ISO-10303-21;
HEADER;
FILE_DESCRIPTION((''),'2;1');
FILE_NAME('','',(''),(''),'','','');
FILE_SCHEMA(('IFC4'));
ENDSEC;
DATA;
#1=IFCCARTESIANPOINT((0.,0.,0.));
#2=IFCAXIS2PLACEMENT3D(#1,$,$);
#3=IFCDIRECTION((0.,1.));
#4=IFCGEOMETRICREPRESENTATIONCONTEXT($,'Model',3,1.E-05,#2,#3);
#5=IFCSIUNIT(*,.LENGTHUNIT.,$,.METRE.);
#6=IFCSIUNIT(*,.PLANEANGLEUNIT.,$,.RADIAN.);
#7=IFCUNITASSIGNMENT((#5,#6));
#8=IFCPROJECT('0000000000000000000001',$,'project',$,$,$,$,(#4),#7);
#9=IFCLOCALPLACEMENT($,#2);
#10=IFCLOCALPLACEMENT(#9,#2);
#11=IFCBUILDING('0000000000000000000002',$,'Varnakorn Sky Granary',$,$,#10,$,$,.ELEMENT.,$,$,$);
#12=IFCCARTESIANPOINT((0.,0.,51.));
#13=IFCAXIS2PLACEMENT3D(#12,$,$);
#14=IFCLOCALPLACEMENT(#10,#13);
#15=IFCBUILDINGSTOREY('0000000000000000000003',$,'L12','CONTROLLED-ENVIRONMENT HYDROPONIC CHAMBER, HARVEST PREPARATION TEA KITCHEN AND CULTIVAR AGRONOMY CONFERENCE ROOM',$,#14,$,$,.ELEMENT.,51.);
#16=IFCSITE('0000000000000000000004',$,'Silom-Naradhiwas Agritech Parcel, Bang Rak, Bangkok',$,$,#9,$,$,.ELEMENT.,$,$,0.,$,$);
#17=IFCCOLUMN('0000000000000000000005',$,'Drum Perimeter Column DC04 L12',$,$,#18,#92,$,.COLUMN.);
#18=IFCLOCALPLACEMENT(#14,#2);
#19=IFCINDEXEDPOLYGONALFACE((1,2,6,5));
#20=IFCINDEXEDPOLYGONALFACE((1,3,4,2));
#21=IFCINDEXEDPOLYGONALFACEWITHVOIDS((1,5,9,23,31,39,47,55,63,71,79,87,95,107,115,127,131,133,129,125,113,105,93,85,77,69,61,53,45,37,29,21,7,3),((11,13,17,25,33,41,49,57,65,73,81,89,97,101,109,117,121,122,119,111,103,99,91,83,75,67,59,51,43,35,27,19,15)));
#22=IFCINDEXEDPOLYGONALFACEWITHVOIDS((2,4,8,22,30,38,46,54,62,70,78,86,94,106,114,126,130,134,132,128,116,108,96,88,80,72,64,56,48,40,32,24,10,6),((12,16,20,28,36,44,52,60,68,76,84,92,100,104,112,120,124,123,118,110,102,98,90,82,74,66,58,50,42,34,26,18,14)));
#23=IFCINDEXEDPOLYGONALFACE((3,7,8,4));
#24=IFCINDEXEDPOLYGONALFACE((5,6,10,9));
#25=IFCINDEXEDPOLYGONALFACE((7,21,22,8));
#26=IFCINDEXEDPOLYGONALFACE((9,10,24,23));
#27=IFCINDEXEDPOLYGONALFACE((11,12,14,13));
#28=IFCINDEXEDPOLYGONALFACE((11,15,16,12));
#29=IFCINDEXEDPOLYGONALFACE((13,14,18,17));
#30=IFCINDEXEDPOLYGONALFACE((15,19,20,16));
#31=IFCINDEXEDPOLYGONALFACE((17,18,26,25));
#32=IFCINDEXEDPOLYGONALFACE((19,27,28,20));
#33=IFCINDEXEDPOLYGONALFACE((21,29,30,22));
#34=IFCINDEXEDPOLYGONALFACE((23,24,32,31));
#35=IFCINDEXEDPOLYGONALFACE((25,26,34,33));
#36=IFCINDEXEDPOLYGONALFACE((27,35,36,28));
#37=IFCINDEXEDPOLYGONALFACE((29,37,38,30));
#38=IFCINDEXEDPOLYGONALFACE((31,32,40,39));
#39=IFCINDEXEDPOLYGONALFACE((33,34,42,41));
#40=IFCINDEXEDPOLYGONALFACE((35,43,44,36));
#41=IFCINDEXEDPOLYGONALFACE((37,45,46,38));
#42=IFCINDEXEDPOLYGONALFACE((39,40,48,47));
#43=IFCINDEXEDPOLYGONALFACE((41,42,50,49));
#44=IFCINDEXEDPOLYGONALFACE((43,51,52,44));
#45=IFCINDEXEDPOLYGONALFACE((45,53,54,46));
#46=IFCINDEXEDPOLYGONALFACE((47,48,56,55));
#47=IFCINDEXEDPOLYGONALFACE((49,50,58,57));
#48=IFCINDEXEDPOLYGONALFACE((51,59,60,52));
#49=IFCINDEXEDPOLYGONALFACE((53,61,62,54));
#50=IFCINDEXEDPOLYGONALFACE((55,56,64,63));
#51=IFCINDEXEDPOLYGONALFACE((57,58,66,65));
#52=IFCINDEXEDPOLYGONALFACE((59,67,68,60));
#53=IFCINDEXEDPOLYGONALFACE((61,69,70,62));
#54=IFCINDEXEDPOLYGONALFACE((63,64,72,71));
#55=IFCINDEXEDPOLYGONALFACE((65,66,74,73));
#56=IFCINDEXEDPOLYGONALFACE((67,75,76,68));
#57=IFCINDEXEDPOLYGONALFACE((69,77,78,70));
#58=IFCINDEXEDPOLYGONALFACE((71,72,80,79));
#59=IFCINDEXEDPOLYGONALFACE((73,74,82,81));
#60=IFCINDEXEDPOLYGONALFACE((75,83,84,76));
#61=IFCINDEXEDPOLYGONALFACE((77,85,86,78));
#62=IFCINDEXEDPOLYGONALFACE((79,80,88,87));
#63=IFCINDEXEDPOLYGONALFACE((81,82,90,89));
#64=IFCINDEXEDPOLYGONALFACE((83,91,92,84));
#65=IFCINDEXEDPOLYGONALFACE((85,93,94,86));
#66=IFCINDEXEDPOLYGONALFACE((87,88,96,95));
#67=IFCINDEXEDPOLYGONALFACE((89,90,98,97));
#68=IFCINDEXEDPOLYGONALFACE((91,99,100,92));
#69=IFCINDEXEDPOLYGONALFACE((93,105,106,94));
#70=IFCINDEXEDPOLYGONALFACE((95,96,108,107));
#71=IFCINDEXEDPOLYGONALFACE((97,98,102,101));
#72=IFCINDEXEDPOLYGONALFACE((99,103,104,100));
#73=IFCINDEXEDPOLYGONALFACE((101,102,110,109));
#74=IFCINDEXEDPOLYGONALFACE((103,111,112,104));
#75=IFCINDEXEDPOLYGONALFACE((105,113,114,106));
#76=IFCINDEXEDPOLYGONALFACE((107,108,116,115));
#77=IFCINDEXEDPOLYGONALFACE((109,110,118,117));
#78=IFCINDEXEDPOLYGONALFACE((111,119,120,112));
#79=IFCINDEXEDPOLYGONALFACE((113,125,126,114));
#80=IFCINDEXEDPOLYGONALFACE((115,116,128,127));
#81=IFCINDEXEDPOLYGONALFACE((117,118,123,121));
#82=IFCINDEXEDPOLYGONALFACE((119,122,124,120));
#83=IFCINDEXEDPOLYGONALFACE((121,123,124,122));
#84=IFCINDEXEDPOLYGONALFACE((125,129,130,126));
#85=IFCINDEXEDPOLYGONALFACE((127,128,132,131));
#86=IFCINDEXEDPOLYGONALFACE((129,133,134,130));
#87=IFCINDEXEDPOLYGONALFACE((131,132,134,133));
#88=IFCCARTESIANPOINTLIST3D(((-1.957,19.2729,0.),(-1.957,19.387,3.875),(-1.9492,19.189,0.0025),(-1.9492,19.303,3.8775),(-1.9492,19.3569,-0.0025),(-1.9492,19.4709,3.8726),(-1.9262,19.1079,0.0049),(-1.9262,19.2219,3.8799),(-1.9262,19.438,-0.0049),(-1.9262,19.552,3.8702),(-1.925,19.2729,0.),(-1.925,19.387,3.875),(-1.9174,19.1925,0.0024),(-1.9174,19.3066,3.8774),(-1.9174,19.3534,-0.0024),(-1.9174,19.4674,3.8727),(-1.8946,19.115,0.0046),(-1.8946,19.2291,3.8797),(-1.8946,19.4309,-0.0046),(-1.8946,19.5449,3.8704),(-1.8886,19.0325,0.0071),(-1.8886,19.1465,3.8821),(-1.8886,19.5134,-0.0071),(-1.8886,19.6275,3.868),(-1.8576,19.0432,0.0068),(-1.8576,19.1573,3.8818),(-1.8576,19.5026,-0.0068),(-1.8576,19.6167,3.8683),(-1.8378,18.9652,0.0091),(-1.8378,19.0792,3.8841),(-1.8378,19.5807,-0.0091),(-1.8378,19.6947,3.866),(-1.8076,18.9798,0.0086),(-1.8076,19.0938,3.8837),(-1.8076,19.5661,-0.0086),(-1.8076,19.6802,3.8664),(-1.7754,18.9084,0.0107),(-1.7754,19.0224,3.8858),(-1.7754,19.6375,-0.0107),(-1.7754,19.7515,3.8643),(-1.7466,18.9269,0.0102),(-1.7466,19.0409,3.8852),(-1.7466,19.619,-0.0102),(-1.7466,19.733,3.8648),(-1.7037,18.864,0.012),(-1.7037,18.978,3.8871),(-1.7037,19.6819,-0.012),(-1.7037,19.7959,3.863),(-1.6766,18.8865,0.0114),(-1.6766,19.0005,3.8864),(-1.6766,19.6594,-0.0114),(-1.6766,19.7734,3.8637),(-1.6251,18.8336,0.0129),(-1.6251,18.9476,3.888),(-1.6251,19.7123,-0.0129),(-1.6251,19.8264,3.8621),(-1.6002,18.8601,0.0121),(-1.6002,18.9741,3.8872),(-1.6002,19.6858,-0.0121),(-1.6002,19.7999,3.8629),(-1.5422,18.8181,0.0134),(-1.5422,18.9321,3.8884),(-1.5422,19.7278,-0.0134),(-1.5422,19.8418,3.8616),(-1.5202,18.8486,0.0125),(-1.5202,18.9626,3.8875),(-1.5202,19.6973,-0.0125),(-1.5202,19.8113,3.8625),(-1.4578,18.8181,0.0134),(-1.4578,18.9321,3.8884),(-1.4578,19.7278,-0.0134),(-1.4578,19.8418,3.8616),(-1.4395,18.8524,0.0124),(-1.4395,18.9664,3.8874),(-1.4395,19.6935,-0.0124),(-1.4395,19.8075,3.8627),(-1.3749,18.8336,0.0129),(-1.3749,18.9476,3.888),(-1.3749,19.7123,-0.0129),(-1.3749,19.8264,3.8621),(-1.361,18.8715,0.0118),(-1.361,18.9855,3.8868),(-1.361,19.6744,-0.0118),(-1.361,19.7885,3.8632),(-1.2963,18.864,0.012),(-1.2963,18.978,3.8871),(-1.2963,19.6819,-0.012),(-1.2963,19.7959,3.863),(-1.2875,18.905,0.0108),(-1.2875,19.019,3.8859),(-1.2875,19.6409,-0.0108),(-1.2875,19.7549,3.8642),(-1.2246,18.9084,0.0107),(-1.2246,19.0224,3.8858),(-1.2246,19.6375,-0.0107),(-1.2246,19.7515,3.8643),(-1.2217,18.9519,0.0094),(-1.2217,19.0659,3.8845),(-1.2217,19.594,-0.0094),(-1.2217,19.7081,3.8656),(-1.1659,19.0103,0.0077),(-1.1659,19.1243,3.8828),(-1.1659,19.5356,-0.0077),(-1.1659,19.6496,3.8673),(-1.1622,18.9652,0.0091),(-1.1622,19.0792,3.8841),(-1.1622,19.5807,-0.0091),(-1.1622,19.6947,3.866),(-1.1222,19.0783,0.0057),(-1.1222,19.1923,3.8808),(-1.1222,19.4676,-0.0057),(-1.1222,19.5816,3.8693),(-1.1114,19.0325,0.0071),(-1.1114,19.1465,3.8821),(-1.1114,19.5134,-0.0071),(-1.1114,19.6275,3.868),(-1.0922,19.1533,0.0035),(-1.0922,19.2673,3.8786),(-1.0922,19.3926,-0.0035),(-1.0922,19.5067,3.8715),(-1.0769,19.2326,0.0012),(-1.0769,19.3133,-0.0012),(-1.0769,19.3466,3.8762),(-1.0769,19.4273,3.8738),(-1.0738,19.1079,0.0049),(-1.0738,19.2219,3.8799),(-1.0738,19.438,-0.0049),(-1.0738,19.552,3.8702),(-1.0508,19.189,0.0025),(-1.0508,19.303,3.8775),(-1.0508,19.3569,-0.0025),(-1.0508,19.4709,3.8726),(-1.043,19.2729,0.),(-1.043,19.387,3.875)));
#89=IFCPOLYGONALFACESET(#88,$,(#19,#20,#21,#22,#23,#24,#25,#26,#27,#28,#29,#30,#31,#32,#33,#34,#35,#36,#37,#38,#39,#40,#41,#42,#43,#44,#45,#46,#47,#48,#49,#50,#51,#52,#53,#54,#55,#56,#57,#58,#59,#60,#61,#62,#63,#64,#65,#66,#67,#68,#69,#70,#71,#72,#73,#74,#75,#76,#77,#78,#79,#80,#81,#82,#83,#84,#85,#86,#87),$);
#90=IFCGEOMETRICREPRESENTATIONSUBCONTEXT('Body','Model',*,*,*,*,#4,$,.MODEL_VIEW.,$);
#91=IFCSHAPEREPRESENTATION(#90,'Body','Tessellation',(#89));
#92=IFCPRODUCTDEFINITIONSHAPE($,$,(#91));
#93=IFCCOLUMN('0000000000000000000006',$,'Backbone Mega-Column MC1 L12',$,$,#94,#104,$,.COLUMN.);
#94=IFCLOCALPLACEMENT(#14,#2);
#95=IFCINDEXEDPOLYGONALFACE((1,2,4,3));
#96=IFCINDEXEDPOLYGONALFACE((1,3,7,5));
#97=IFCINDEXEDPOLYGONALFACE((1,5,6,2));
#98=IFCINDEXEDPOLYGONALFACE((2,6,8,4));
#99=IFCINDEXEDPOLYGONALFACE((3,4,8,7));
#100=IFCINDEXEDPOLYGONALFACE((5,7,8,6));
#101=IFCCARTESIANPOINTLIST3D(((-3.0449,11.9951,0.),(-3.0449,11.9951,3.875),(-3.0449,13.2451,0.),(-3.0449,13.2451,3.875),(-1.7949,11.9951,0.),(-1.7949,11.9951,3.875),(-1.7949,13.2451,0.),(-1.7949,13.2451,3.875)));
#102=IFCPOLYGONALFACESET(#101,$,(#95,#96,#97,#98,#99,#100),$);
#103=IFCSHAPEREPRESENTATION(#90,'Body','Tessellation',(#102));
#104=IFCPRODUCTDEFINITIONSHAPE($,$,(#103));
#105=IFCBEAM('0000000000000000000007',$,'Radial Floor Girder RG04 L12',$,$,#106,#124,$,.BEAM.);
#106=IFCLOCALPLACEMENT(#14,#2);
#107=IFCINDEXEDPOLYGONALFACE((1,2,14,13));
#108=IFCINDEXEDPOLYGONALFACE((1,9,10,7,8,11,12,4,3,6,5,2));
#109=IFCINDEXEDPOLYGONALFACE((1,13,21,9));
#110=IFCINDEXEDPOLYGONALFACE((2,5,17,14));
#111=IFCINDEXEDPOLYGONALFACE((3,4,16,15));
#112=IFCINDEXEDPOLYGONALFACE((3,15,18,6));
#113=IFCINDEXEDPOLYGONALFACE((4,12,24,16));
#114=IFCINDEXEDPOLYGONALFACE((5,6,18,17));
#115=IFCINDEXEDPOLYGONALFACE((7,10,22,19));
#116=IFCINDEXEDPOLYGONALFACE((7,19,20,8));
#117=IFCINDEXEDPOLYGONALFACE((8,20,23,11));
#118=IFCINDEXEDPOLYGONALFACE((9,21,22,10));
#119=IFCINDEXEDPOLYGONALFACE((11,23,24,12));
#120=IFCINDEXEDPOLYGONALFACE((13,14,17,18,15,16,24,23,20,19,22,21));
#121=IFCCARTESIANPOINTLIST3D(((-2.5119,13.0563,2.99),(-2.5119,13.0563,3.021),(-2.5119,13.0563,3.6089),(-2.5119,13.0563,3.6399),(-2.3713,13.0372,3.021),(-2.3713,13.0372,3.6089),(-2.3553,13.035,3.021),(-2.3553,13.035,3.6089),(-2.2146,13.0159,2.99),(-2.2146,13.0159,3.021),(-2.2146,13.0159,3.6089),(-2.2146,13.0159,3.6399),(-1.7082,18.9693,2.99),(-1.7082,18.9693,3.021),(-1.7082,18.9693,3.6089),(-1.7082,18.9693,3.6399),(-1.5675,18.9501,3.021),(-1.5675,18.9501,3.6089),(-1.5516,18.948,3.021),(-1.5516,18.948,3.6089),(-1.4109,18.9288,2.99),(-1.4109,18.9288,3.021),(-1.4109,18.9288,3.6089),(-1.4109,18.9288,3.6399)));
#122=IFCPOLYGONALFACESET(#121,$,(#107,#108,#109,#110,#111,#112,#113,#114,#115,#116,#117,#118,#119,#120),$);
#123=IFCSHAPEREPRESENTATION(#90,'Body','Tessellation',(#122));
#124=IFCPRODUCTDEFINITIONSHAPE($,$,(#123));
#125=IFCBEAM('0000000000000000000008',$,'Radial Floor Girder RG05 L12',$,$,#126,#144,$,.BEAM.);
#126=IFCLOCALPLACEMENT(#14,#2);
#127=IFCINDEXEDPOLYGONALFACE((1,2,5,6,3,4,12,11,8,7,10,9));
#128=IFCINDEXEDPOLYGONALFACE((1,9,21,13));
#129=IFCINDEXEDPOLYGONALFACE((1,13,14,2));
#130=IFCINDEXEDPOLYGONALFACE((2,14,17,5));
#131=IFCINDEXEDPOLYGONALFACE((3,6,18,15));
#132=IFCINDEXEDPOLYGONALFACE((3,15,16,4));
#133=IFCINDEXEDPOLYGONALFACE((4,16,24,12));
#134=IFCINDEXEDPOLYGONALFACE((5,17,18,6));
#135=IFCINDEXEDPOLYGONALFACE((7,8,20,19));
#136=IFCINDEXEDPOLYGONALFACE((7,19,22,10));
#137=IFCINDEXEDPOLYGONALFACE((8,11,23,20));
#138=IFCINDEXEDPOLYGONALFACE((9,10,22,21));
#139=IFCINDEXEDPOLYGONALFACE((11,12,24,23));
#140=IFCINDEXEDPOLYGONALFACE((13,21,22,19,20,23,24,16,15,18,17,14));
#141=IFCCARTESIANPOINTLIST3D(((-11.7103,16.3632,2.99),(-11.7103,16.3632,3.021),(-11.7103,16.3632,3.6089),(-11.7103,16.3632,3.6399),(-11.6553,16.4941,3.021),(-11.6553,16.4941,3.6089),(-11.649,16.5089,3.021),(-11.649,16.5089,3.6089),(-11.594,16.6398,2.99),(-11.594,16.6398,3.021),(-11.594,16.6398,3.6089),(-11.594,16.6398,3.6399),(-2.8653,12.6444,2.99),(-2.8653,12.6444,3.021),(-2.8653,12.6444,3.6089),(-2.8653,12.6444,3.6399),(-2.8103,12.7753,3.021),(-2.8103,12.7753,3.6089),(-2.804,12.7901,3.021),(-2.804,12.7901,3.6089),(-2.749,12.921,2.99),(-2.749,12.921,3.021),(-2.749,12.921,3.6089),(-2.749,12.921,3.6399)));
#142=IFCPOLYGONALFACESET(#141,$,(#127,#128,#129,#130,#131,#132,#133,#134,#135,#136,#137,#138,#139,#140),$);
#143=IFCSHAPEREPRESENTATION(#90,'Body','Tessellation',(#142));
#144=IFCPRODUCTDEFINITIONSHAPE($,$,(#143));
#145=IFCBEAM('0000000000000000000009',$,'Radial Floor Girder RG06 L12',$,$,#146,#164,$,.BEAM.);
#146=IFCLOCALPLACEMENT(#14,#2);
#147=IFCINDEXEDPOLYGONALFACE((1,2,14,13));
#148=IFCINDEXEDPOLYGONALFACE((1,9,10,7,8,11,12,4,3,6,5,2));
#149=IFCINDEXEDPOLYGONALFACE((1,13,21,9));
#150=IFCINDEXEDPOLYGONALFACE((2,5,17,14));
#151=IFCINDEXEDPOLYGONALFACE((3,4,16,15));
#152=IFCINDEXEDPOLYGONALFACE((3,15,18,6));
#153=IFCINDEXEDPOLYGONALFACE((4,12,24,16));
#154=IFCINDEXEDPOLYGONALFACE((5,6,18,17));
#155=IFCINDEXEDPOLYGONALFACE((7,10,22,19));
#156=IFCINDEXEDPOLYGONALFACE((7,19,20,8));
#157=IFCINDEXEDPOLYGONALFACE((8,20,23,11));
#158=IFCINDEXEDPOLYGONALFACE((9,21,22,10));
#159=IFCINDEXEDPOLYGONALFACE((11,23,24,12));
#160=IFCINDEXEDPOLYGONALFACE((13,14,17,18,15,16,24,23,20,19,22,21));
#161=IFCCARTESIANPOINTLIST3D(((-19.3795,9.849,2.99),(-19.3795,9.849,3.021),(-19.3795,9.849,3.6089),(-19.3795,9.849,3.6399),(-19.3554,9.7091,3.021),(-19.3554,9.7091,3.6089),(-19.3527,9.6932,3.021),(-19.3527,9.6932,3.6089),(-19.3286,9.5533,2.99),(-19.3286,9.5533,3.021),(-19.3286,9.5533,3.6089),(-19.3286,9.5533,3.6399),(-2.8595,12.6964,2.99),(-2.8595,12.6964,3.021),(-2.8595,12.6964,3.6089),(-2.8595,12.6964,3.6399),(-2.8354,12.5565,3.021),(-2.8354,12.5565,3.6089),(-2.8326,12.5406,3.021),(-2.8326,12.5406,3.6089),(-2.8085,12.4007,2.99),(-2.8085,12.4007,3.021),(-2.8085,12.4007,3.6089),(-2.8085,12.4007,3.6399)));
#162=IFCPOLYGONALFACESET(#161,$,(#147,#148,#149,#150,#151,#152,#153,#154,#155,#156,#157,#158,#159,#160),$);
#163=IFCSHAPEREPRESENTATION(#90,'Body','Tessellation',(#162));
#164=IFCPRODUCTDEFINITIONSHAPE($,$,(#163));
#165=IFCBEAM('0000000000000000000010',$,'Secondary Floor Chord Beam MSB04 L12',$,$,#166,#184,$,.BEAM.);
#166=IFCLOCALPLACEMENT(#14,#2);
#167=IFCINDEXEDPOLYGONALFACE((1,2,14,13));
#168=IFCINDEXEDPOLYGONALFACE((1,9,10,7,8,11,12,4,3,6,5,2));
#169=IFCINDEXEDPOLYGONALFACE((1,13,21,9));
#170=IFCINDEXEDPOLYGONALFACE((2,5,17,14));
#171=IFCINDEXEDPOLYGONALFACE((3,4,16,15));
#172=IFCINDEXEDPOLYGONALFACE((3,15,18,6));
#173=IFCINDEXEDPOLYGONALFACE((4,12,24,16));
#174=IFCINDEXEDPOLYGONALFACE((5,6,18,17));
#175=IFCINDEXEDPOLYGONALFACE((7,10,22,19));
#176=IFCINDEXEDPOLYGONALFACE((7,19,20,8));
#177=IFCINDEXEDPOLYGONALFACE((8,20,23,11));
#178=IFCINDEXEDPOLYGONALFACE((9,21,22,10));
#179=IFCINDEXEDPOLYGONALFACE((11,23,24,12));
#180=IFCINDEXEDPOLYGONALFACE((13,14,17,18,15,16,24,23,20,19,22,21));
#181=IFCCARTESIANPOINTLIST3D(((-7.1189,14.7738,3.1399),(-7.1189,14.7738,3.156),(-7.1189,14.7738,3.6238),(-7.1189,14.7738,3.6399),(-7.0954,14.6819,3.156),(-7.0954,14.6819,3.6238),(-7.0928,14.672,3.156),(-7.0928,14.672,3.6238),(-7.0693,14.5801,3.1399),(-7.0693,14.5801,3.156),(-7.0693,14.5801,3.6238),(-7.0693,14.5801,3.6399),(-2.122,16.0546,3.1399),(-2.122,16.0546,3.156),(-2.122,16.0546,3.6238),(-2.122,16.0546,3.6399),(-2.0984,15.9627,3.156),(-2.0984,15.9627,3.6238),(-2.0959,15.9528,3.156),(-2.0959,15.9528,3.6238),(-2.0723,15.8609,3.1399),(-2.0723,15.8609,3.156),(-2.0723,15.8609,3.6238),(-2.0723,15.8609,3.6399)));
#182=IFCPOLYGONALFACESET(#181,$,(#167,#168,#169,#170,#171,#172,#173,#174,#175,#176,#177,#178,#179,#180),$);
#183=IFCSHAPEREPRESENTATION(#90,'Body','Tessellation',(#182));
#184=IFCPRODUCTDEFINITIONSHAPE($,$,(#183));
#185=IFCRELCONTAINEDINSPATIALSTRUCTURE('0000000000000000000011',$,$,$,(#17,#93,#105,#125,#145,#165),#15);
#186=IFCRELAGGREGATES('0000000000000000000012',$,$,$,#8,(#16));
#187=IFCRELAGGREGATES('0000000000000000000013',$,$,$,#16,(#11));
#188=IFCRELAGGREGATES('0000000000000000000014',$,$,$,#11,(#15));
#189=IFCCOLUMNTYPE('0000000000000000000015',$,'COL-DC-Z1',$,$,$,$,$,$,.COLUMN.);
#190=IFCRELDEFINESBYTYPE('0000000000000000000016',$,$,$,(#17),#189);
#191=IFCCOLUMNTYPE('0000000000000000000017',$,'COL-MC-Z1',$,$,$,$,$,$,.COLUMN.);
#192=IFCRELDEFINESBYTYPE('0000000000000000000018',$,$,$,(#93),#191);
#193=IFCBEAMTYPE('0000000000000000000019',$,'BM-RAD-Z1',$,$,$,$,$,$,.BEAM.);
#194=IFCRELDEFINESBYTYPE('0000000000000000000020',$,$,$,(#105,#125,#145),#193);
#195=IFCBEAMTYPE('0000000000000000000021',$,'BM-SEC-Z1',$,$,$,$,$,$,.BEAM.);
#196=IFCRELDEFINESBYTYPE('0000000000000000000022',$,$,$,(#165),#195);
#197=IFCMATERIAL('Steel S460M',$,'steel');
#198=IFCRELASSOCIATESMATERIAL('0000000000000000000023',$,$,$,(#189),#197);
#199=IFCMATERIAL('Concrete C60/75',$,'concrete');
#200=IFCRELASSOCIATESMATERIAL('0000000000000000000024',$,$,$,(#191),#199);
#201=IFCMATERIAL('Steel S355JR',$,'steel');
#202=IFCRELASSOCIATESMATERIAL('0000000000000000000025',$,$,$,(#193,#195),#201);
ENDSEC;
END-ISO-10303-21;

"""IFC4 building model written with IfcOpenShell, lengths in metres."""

from ifc_helpers import new_model, si_unit, direction, frame, origin, origin_2d, place, context, subcontext, project, spatial, rectangle, hollow_circle, i_section, extrude, material, material_profile, profile_set, type_object, element, save


model = new_model("IFC4")

# Units and contexts
model_context = context("Model", 3, precision=1e-05, world=origin(), true_north=direction((0.0, 1.0)))
body_context = subcontext(model_context, "Body", "Model", "MODEL_VIEW")
ifc_project = project(units=[si_unit("LENGTHUNIT", "METRE"), si_unit("PLANEANGLEUNIT", "RADIAN")], contexts=[model_context])

# Site, building, storey
site_placement = place(None, origin())
site = spatial("IfcSite", under=ifc_project, at=site_placement, Name="Silom-Naradhiwas Agritech Parcel, Bang Rak, Bangkok", CompositionType="ELEMENT", RefElevation=0.0)
building_placement = place(site_placement, origin())
building = spatial("IfcBuilding", under=site, at=building_placement, Name="Varnakorn Sky Granary", CompositionType="ELEMENT")
storey_placement = place(building_placement, frame((0.0, 0.0, 51.0)))
storey = spatial("IfcBuildingStorey", under=building, at=storey_placement, Name="L12", Description="CONTROLLED-ENVIRONMENT HYDROPONIC CHAMBER, HARVEST PREPARATION TEA KITCHEN AND CULTIVAR AGRONOMY CONFERENCE ROOM", CompositionType="ELEMENT", Elevation=51.0)

# Columns
ifc_material_1 = material(Name="Steel S460M", Category="steel")
ifc_material_profile_1 = material_profile(ifc_material_1, hollow_circle(Radius=0.457, WallThickness=0.032, at=origin_2d()), Name="CHS 914x32")
ifc_profile_set_1 = profile_set([ifc_material_profile_1], Name="Steel S460M")
column_type_1 = type_object("IfcColumnType", Name="COL-DC-Z1", PredefinedType="COLUMN", material=ifc_profile_set_1)
column_1_placement = place(storey_placement, frame((-1.5, 19.2729, 0.0), z_axis=(0.0, 0.02941, 0.999567), x_axis=(-1.0, 0.0, 0.0)))
element("IfcColumn", 1, at=column_1_placement, inside=storey, type_object=column_type_1, Name="Drum Perimeter Column DC04 L12", PredefinedType="COLUMN", context=body_context, shape_type="SweptSolid", body=[
    extrude(hollow_circle(Radius=0.457, WallThickness=0.032, at=origin_2d()), origin(), (0.0, 0.0, 1.0), 3.8767),
])
ifc_material_2 = material(Name="Concrete C60/75", Category="concrete")
ifc_material_profile_2 = material_profile(ifc_material_2, rectangle(XDim=1.25, YDim=1.25, at=origin_2d()), Name="RC 1250x1250")
ifc_profile_set_2 = profile_set([ifc_material_profile_2], Name="Concrete C60/75")
column_type_2 = type_object("IfcColumnType", Name="COL-MC-Z1", PredefinedType="COLUMN", material=ifc_profile_set_2)
column_2_placement = place(storey_placement, frame((-2.4199, 12.6201, 0.0), z_axis=(0.0, 0.0, 1.0), x_axis=(1.0, 0.0, 0.0)))
element("IfcColumn", 2, at=column_2_placement, inside=storey, type_object=column_type_2, Name="Backbone Mega-Column MC1 L12", PredefinedType="COLUMN", context=body_context, shape_type="SweptSolid", body=[
    extrude(rectangle(XDim=1.25, YDim=1.25, at=origin_2d()), origin(), (0.0, 0.0, 1.0), 3.875),
])

# Beams
ifc_material_3 = material(Name="Steel S355JR", Category="steel")
ifc_material_profile_3 = material_profile(ifc_material_3, i_section(OverallWidth=0.3, OverallDepth=0.6499, WebThickness=0.0161, FlangeThickness=0.031, at=origin_2d()), Name="HE 650 B")
ifc_profile_set_3 = profile_set([ifc_material_profile_3], Name="Steel S355JR")
beam_type_1 = type_object("IfcBeamType", Name="BM-RAD-Z1", PredefinedType="BEAM", material=ifc_profile_set_3)
beam_1_placement = place(storey_placement, frame((-2.3633, 13.0361, 3.3149), z_axis=(0.134688, 0.990888, 0.0), x_axis=(-0.990888, 0.134688, 0.0)))
element("IfcBeam", 3, at=beam_1_placement, inside=storey, type_object=beam_type_1, Name="Radial Floor Girder RG04 L12", PredefinedType="BEAM", context=body_context, shape_type="SweptSolid", body=[
    extrude(i_section(OverallWidth=0.3, OverallDepth=0.6499, WebThickness=0.0161, FlangeThickness=0.031, at=origin_2d()), origin(), (0.0, 0.0, 1.0), 5.9673),
])
beam_2_placement = place(storey_placement, frame((-2.8071, 12.7827, 3.3149), z_axis=(-0.921838, 0.387575, 0.0), x_axis=(-0.387575, -0.921838, 0.0)))
element("IfcBeam", 4, at=beam_2_placement, inside=storey, type_object=beam_type_1, Name="Radial Floor Girder RG05 L12", PredefinedType="BEAM", context=body_context, shape_type="SweptSolid", body=[
    extrude(i_section(OverallWidth=0.3, OverallDepth=0.6499, WebThickness=0.0161, FlangeThickness=0.031, at=origin_2d()), origin(), (0.0, 0.0, 1.0), 9.595),
])
beam_3_placement = place(storey_placement, frame((-2.834, 12.5486, 3.3149), z_axis=(-0.985469, -0.169857, 0.0), x_axis=(0.169857, -0.985469, 0.0)))
element("IfcBeam", 5, at=beam_3_placement, inside=storey, type_object=beam_type_1, Name="Radial Floor Girder RG06 L12", PredefinedType="BEAM", context=body_context, shape_type="SweptSolid", body=[
    extrude(i_section(OverallWidth=0.3, OverallDepth=0.6499, WebThickness=0.0161, FlangeThickness=0.031, at=origin_2d()), origin(), (0.0, 0.0, 1.0), 16.7637),
])
ifc_material_profile_4 = material_profile(ifc_material_3, i_section(OverallWidth=0.2, OverallDepth=0.5, WebThickness=0.0103, FlangeThickness=0.0161, at=origin_2d()), Name="IPE 500")
ifc_profile_set_4 = profile_set([ifc_material_profile_4], Name="Steel S355JR")
beam_type_2 = type_object("IfcBeamType", Name="BM-SEC-Z1", PredefinedType="BEAM", material=ifc_profile_set_4)
beam_4_placement = place(storey_placement, frame((-2.0972, 15.9578, 3.3899), z_axis=(-0.968686, -0.248289, 0.0), x_axis=(0.248289, -0.968686, 0.0)))
element("IfcBeam", 6, at=beam_4_placement, inside=storey, type_object=beam_type_2, Name="Secondary Floor Chord Beam MSB04 L12", PredefinedType="BEAM", context=body_context, shape_type="SweptSolid", body=[
    extrude(i_section(OverallWidth=0.2, OverallDepth=0.5, WebThickness=0.0103, FlangeThickness=0.0161, at=origin_2d()), origin(), (0.0, 0.0, 1.0), 5.1584),
])

save(model, "model.ifc")
